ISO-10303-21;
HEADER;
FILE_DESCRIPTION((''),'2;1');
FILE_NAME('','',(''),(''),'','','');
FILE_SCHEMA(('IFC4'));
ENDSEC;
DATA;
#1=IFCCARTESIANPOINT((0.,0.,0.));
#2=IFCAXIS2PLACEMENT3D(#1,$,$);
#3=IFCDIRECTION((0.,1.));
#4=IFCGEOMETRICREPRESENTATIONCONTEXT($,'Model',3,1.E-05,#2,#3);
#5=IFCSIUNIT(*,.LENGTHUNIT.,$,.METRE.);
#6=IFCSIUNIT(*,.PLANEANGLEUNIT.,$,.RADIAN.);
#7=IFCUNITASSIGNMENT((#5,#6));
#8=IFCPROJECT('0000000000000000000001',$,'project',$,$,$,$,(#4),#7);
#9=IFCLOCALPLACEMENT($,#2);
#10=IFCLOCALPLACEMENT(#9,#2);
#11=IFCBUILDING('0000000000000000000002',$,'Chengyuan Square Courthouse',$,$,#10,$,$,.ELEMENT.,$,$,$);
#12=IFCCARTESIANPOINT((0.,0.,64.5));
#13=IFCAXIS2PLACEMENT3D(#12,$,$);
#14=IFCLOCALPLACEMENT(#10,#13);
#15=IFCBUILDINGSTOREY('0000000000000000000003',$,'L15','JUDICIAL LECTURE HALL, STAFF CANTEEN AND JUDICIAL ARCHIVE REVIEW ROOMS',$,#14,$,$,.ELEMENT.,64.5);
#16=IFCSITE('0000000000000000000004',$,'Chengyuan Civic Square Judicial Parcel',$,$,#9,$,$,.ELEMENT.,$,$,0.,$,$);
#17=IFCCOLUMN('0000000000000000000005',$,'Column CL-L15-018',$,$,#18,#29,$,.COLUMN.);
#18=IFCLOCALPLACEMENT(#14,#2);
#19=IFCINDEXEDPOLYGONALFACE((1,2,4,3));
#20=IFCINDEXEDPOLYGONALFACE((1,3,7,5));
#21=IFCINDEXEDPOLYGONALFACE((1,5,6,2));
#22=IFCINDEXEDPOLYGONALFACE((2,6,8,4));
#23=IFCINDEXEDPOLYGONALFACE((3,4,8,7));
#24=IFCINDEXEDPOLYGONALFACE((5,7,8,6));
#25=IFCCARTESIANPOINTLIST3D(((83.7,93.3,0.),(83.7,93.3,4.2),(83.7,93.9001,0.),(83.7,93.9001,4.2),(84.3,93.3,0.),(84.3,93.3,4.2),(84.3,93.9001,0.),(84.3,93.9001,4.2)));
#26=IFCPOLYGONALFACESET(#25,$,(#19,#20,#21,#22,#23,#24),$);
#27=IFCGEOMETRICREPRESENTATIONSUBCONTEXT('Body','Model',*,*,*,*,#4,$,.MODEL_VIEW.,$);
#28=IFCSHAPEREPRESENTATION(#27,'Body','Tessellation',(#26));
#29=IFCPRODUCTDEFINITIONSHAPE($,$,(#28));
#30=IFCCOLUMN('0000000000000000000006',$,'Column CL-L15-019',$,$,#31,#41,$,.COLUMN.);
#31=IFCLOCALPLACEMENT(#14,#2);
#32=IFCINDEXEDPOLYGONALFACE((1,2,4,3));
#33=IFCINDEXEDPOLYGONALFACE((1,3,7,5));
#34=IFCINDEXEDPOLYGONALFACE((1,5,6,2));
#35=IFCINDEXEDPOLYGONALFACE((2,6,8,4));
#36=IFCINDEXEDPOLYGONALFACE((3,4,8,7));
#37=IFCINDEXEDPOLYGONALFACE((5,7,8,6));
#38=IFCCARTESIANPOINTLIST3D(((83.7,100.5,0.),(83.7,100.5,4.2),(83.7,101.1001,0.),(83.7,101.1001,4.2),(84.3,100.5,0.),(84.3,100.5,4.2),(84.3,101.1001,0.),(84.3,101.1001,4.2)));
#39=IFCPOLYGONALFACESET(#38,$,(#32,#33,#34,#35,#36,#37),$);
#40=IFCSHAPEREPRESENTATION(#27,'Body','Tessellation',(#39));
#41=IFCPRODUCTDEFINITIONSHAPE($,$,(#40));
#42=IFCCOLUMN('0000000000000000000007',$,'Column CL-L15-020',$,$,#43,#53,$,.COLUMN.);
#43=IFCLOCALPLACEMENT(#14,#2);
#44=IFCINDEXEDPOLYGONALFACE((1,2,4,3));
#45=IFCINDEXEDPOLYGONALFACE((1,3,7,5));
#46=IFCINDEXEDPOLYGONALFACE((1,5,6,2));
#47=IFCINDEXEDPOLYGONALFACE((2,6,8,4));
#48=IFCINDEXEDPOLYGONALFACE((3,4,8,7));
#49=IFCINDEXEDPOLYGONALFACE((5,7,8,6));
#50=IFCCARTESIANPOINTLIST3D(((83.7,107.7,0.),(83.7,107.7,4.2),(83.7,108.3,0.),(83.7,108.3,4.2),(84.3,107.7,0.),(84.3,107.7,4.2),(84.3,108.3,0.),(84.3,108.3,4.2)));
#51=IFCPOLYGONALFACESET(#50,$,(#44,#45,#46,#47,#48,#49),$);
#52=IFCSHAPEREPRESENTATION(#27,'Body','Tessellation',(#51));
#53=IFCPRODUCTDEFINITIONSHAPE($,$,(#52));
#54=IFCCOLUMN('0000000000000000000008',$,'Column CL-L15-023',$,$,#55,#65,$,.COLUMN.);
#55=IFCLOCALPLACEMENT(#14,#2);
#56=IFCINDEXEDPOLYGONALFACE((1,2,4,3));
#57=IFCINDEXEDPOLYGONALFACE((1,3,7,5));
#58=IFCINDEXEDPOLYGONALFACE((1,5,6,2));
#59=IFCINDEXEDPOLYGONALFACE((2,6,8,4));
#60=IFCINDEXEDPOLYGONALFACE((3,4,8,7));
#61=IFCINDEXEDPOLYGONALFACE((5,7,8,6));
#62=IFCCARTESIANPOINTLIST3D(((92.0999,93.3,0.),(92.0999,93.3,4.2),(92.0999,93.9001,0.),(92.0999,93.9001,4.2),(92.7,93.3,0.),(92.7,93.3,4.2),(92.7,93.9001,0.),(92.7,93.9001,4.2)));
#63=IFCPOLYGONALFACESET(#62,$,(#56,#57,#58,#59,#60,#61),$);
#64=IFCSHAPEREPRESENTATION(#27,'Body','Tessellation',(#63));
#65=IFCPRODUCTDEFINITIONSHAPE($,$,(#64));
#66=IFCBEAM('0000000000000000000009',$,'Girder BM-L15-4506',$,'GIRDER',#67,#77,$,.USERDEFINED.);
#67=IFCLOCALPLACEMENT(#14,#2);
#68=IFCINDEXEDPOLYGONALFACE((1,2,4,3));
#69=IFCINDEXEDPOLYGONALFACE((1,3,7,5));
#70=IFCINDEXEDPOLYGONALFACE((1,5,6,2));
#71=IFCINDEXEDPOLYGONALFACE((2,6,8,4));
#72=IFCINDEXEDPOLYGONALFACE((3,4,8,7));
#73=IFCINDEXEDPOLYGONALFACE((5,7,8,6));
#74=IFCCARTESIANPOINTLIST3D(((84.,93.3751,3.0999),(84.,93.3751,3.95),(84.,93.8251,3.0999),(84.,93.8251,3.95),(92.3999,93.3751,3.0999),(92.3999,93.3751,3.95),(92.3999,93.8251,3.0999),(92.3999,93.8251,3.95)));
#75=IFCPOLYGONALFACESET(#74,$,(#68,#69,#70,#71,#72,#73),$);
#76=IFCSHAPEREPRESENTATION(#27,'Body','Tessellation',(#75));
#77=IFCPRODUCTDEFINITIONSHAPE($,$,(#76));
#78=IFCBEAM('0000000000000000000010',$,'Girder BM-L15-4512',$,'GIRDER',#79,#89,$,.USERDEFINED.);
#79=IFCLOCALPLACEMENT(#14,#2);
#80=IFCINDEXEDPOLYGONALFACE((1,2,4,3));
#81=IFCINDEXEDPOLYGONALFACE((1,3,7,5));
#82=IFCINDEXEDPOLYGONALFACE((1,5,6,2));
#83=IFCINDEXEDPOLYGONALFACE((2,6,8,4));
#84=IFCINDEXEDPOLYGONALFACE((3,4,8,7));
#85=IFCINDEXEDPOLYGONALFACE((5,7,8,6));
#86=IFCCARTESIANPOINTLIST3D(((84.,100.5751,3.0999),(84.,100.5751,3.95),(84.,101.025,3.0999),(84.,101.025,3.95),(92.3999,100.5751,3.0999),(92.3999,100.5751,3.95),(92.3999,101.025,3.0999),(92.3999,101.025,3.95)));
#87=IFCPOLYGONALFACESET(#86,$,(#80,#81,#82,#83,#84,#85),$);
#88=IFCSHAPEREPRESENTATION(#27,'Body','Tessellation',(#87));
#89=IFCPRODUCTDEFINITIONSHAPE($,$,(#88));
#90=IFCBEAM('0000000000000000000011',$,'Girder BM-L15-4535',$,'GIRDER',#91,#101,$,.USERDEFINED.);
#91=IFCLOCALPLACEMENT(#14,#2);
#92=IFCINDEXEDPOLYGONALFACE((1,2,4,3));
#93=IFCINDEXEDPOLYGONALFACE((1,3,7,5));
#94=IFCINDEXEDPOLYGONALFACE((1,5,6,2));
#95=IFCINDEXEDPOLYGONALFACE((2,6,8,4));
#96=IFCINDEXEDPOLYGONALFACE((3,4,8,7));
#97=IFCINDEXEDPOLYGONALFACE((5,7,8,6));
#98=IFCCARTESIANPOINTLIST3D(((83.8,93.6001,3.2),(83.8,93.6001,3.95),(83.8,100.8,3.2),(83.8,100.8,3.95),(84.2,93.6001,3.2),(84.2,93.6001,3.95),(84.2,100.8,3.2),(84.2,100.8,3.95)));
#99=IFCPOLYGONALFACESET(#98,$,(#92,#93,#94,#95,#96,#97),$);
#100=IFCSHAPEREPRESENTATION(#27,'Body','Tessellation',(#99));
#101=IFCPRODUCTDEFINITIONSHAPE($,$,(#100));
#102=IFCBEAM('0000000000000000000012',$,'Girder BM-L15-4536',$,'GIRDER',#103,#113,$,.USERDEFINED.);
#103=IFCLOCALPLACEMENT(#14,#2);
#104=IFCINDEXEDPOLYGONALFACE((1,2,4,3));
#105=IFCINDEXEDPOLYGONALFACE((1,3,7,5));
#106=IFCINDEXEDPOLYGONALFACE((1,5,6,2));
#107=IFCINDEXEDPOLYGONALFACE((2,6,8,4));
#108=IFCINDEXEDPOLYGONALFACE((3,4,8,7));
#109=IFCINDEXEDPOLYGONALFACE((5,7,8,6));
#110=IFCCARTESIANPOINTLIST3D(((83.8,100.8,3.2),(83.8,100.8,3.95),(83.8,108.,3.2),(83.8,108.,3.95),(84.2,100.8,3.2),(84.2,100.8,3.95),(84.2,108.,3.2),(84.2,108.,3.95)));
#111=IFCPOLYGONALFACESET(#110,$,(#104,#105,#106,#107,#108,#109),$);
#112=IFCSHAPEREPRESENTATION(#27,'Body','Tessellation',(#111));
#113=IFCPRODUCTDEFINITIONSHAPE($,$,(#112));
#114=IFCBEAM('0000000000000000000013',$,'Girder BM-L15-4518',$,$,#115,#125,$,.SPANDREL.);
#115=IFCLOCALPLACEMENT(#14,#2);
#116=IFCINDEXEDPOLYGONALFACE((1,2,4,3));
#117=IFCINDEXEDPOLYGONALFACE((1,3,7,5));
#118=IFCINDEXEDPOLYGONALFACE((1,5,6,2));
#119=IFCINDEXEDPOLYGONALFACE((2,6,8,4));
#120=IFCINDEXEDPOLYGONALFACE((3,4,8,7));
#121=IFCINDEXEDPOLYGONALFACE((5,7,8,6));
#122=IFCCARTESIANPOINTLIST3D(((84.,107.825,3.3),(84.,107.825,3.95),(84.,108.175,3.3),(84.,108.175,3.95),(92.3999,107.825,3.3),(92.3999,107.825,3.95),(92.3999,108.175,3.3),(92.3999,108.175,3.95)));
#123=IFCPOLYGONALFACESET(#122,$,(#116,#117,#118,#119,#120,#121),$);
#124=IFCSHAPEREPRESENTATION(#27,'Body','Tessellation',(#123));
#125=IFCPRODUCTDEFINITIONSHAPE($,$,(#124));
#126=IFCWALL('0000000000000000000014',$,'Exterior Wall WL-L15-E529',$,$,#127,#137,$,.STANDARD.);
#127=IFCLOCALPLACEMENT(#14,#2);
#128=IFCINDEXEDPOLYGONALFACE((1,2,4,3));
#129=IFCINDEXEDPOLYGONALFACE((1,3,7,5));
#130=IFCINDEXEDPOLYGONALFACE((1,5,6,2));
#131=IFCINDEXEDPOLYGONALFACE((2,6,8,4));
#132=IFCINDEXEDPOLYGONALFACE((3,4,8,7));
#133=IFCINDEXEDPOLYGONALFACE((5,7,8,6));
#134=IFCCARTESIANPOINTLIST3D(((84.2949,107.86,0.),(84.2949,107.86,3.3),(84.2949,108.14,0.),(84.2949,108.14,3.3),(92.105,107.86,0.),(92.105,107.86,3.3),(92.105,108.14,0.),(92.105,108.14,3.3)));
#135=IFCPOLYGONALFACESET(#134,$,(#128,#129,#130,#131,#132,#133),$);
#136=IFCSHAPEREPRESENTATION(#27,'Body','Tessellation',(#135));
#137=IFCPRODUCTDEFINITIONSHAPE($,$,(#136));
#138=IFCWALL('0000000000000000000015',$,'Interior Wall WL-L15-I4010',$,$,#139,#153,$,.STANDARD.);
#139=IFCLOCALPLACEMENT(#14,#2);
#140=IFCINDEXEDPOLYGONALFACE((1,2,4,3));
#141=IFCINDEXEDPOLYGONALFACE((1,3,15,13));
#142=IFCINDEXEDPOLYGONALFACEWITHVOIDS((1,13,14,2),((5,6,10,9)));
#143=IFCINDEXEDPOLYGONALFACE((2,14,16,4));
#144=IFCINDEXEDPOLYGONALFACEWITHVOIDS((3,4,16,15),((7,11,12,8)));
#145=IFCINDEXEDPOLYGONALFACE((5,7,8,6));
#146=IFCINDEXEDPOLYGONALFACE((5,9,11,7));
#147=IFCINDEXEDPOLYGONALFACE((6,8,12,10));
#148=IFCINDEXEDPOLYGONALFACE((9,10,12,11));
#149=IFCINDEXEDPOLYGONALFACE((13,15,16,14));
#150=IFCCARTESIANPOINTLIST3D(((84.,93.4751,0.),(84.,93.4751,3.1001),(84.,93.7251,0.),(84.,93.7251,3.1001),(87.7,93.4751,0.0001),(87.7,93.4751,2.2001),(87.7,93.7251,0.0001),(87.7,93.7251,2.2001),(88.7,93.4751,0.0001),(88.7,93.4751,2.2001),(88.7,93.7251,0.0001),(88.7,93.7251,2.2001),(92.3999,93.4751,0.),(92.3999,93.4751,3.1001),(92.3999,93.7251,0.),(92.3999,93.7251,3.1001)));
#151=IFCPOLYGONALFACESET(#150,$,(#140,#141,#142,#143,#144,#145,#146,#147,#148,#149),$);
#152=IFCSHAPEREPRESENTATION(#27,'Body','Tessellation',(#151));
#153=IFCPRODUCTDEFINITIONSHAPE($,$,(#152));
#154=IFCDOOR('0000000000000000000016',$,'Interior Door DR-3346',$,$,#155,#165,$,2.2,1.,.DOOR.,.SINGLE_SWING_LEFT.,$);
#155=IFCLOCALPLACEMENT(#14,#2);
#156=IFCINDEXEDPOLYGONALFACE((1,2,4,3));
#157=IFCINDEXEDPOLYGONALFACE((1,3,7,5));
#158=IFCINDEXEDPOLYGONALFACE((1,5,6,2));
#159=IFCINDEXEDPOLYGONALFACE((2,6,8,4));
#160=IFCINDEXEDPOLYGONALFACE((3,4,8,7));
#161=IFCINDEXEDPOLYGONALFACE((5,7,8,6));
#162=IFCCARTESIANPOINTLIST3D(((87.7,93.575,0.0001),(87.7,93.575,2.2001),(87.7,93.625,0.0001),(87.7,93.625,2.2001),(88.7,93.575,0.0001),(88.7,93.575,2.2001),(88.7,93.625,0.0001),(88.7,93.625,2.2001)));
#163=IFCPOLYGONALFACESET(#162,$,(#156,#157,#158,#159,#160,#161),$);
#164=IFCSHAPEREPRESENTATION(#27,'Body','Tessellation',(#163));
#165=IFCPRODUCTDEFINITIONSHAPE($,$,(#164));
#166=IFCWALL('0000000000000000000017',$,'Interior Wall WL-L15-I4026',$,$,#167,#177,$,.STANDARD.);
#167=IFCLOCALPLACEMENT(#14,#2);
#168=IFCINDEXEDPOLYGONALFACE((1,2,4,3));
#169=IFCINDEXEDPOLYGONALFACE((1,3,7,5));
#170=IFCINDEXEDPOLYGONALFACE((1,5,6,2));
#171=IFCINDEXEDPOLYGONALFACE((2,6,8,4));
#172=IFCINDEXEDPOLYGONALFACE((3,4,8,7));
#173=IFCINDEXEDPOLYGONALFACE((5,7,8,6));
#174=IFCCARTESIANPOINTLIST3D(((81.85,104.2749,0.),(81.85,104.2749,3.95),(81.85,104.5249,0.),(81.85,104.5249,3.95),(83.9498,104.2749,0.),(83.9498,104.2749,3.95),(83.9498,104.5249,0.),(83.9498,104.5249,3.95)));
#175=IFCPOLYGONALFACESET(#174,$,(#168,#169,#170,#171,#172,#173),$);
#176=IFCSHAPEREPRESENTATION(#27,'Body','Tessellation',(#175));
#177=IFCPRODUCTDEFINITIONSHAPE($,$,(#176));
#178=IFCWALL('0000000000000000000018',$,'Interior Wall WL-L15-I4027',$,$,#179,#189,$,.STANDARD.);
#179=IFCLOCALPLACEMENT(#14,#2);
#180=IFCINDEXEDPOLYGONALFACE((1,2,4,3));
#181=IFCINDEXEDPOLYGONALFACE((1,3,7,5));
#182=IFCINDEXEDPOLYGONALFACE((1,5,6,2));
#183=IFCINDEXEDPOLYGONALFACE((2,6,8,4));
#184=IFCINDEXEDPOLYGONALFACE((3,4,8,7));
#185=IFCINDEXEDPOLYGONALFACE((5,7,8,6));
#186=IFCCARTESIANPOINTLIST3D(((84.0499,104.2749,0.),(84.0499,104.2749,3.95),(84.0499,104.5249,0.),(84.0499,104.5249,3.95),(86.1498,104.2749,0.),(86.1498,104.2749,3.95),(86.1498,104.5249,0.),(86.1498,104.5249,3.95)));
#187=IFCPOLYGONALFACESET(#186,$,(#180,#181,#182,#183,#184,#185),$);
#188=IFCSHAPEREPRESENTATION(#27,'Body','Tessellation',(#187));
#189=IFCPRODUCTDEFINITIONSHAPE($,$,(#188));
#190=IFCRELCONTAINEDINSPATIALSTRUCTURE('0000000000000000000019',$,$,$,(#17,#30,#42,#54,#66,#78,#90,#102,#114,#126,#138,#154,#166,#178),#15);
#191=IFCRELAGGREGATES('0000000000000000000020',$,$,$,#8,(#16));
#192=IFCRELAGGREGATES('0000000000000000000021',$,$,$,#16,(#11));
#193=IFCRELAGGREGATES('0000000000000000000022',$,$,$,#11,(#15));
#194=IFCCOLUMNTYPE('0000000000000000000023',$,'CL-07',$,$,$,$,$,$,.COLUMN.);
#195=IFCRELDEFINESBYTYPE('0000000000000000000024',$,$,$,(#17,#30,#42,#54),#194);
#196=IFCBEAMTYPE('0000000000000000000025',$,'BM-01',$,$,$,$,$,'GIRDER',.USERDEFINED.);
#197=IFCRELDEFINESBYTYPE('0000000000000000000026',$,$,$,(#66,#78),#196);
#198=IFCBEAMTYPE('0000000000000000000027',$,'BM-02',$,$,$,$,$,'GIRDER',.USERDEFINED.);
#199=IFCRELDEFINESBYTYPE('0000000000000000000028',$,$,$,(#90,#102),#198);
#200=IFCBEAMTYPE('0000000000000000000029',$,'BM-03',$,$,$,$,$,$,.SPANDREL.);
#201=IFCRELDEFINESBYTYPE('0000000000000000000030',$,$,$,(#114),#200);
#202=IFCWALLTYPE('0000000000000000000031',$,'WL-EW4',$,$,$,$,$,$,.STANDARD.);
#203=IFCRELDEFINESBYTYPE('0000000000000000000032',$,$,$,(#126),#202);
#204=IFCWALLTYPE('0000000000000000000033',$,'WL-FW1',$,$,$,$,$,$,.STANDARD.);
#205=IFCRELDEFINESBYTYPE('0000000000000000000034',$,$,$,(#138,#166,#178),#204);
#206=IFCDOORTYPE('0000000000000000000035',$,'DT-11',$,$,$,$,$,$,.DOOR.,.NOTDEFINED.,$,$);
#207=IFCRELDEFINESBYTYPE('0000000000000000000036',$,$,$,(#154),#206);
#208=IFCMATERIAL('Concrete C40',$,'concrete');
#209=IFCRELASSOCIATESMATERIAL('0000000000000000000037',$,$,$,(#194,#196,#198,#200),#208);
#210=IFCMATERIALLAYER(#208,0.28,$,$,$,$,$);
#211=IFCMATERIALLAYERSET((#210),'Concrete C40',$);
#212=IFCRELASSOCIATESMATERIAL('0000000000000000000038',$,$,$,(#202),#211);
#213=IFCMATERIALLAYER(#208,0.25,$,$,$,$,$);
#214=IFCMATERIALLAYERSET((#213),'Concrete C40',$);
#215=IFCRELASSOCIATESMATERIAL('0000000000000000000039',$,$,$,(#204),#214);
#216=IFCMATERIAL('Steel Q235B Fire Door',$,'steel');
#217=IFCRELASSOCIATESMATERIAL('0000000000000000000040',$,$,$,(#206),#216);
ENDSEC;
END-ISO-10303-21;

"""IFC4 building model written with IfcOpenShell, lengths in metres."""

from ifc_helpers import new_model, si_unit, direction, frame, frame_2d, origin, origin_2d, place, context, subcontext, project, spatial, rectangle, extrude, material, layer, layer_set, material_profile, profile_set, type_object, element, fill, save


model = new_model("IFC4")

# Units and contexts
model_context = context("Model", 3, precision=1e-05, world=origin(), true_north=direction((0.0, 1.0)))
body_context = subcontext(model_context, "Body", "Model", "MODEL_VIEW")
ifc_project = project(units=[si_unit("LENGTHUNIT", "METRE"), si_unit("PLANEANGLEUNIT", "RADIAN")], contexts=[model_context])

# Site, building, storey
site_placement = place(None, origin())
site = spatial("IfcSite", under=ifc_project, at=site_placement, Name="Chengyuan Civic Square Judicial Parcel", CompositionType="ELEMENT", RefElevation=0.0)
building_placement = place(site_placement, origin())
building = spatial("IfcBuilding", under=site, at=building_placement, Name="Chengyuan Square Courthouse", CompositionType="ELEMENT")
storey_placement = place(building_placement, frame((0.0, 0.0, 64.5)))
storey = spatial("IfcBuildingStorey", under=building, at=storey_placement, Name="L15", Description="JUDICIAL LECTURE HALL, STAFF CANTEEN AND JUDICIAL ARCHIVE REVIEW ROOMS", CompositionType="ELEMENT", Elevation=64.5)

# Columns
ifc_material_1 = material(Name="Concrete C40", Category="concrete")
ifc_material_profile_1 = material_profile(ifc_material_1, rectangle(XDim=0.6001, YDim=0.6001, at=origin_2d()), Name="RC-COL-600x600")
ifc_profile_set_1 = profile_set([ifc_material_profile_1], Name="Concrete C40")
column_type = type_object("IfcColumnType", Name="CL-07", PredefinedType="COLUMN", material=ifc_profile_set_1)
for number, where, z_axis, x_axis, name in (
    (1, (84.0, 93.6001, 0.0), (0.0, 0.0, 1.0), (1.0, 0.0, 0.0), "Column CL-L15-018"),
    (2, (84.0, 100.8, 0.0), (0.0, 0.0, 1.0), (1.0, 0.0, 0.0), "Column CL-L15-019"),
    (3, (84.0, 108.0, 0.0), (0.0, 0.0, 1.0), (1.0, 0.0, 0.0), "Column CL-L15-020"),
    (4, (92.3999, 93.6001, 0.0), (0.0, 0.0, 1.0), (1.0, 0.0, 0.0), "Column CL-L15-023"),
):
    element("IfcColumn", number, at=place(storey_placement, frame(where, z_axis=z_axis, x_axis=x_axis)), inside=storey, type_object=column_type, Name=name, PredefinedType="COLUMN", context=body_context, shape_type="SweptSolid", body=[
        extrude(rectangle(XDim=0.6001, YDim=0.6001, at=origin_2d()), origin(), (0.0, 0.0, 1.0), 4.2),
    ])

# Beams
ifc_material_profile_2 = material_profile(ifc_material_1, rectangle(XDim=0.45, YDim=0.8501, at=origin_2d()), Name="RC-BM-450x850")
ifc_profile_set_2 = profile_set([ifc_material_profile_2], Name="Concrete C40")
beam_type_1 = type_object("IfcBeamType", Name="BM-01", ElementType="GIRDER", PredefinedType="USERDEFINED", material=ifc_profile_set_2)
for number, where, z_axis, x_axis, name in (
    (5, (84.0, 93.6001, 3.5249), (1.0, 0.0, 0.0), (0.0, 1.0, 0.0), "Girder BM-L15-4506"),
    (6, (84.0, 100.8, 3.5249), (1.0, 0.0, 0.0), (0.0, 1.0, 0.0), "Girder BM-L15-4512"),
):
    element("IfcBeam", number, at=place(storey_placement, frame(where, z_axis=z_axis, x_axis=x_axis)), inside=storey, type_object=beam_type_1, Name=name, ObjectType="GIRDER", PredefinedType="USERDEFINED", context=body_context, shape_type="SweptSolid", body=[
        extrude(rectangle(XDim=0.45, YDim=0.8501, at=origin_2d()), origin(), (0.0, 0.0, 1.0), 8.3999),
    ])
ifc_material_profile_3 = material_profile(ifc_material_1, rectangle(XDim=0.3999, YDim=0.75, at=origin_2d()), Name="RC-BM-400x750")
ifc_profile_set_3 = profile_set([ifc_material_profile_3], Name="Concrete C40")
beam_type_2 = type_object("IfcBeamType", Name="BM-02", ElementType="GIRDER", PredefinedType="USERDEFINED", material=ifc_profile_set_3)
for number, where, z_axis, x_axis, name in (
    (7, (84.0, 93.6001, 3.575), (0.0, 1.0, 0.0), (-1.0, 0.0, 0.0), "Girder BM-L15-4535"),
    (8, (84.0, 100.8, 3.575), (0.0, 1.0, 0.0), (-1.0, 0.0, 0.0), "Girder BM-L15-4536"),
):
    element("IfcBeam", number, at=place(storey_placement, frame(where, z_axis=z_axis, x_axis=x_axis)), inside=storey, type_object=beam_type_2, Name=name, ObjectType="GIRDER", PredefinedType="USERDEFINED", context=body_context, shape_type="SweptSolid", body=[
        extrude(rectangle(XDim=0.3999, YDim=0.75, at=origin_2d()), origin(), (0.0, 0.0, 1.0), 7.2),
    ])
ifc_material_profile_4 = material_profile(ifc_material_1, rectangle(XDim=0.3501, YDim=0.6499, at=origin_2d()), Name="RC-BM-350x650")
ifc_profile_set_4 = profile_set([ifc_material_profile_4], Name="Concrete C40")
beam_type_3 = type_object("IfcBeamType", Name="BM-03", PredefinedType="SPANDREL", material=ifc_profile_set_4)
beam_placement = place(storey_placement, frame((84.0, 108.0, 3.625), z_axis=(1.0, 0.0, 0.0), x_axis=(0.0, 1.0, 0.0)))
element("IfcBeam", 9, at=beam_placement, inside=storey, type_object=beam_type_3, Name="Girder BM-L15-4518", PredefinedType="SPANDREL", context=body_context, shape_type="SweptSolid", body=[
    extrude(rectangle(XDim=0.3501, YDim=0.6499, at=origin_2d()), origin(), (0.0, 0.0, 1.0), 8.3999),
])

# Wall
ifc_layer_1 = layer(ifc_material_1, 0.28)
ifc_layer_set_1 = layer_set([ifc_layer_1], Name="Concrete C40")
wall_type_1 = type_object("IfcWallType", Name="WL-EW4", PredefinedType="STANDARD", material=ifc_layer_set_1)
wall_1_placement = place(storey_placement, frame((84.2949, 108.0, 0.0), z_axis=(0.0, 0.0, 1.0), x_axis=(1.0, 0.0, 0.0)))
element("IfcWall", 10, at=wall_1_placement, inside=storey, type_object=wall_type_1, Name="Exterior Wall WL-L15-E529", PredefinedType="STANDARD", context=body_context, shape_type="SweptSolid", body=[
    extrude(rectangle(XDim=7.8101, YDim=0.28, at=frame_2d((3.905, 0.0))), origin(), (0.0, 0.0, 1.0), 3.3),
])

# Wall, opening, door
ifc_layer_2 = layer(ifc_material_1, 0.25)
ifc_layer_set_2 = layer_set([ifc_layer_2], Name="Concrete C40")
wall_type_2 = type_object("IfcWallType", Name="WL-FW1", PredefinedType="STANDARD", material=ifc_layer_set_2)
wall_2_placement = place(storey_placement, frame((84.0, 93.6001, 0.0), z_axis=(0.0, 0.0, 1.0), x_axis=(1.0, 0.0, 0.0)))
wall_2 = element("IfcWall", 11, at=wall_2_placement, inside=storey, type_object=wall_type_2, Name="Interior Wall WL-L15-I4010", PredefinedType="STANDARD", context=body_context, shape_type="SweptSolid", body=[
    extrude(rectangle(XDim=8.3999, YDim=0.25, at=frame_2d((4.2, 0.0))), origin(), (0.0, 0.0, 1.0), 3.1001),
])
opening_1_placement = place(wall_2_placement, frame((3.7, 0.0, 0.0)))
opening_1 = element("IfcOpeningElement", 12, at=opening_1_placement, cuts=wall_2, PredefinedType="OPENING", context=body_context, shape_type="SweptSolid", body=[
    extrude(rectangle(XDim=1.0, YDim=2.2, at=frame_2d((0.5, 1.1001))), frame((0.0, 0.137, 0.0), z_axis=(0.0, -1.0, 0.0), x_axis=(1.0, 0.0, 0.0)), (0.0, 0.0, 1.0), 0.2739),
])
ifc_material_2 = material(Name="Steel Q235B Fire Door", Category="steel")
door_type_1 = type_object("IfcDoorType", Name="DT-11", OperationType="NOTDEFINED", PredefinedType="DOOR", material=ifc_material_2)
door_1_placement = place(opening_1_placement, origin())
door_1 = element("IfcDoor", 13, at=door_1_placement, inside=storey, type_object=door_type_1, Name="Interior Door DR-3346", OperationType="SINGLE_SWING_LEFT", OverallHeight=2.2, OverallWidth=1.0, PredefinedType="DOOR", context=body_context, shape_type="SweptSolid", body=[
    extrude(rectangle(XDim=1.0, YDim=2.2, at=frame_2d((0.5, 1.1001))), frame((0.0, 0.0249, 0.0), z_axis=(0.0, -1.0, 0.0), x_axis=(1.0, 0.0, 0.0)), (0.0, 0.0, 1.0), 0.05),
])
fill(opening_1, door_1)

# Walls
for number, where, z_axis, x_axis, name in (
    (14, (81.8501, 104.3999, 0.0), (0.0, 0.0, 1.0), (1.0, 0.0, 0.0), "Interior Wall WL-L15-I4026"),
    (15, (84.05, 104.3999, 0.0), (0.0, 0.0, 1.0), (1.0, 0.0, 0.0), "Interior Wall WL-L15-I4027"),
):
    element("IfcWall", number, at=place(storey_placement, frame(where, z_axis=z_axis, x_axis=x_axis)), inside=storey, type_object=wall_type_2, Name=name, PredefinedType="STANDARD", context=body_context, shape_type="SweptSolid", body=[
        extrude(rectangle(XDim=2.0999, YDim=0.25, at=frame_2d((1.0498, 0.0))), origin(), (0.0, 0.0, 1.0), 3.95),
    ])

save(model, "model.ifc")
